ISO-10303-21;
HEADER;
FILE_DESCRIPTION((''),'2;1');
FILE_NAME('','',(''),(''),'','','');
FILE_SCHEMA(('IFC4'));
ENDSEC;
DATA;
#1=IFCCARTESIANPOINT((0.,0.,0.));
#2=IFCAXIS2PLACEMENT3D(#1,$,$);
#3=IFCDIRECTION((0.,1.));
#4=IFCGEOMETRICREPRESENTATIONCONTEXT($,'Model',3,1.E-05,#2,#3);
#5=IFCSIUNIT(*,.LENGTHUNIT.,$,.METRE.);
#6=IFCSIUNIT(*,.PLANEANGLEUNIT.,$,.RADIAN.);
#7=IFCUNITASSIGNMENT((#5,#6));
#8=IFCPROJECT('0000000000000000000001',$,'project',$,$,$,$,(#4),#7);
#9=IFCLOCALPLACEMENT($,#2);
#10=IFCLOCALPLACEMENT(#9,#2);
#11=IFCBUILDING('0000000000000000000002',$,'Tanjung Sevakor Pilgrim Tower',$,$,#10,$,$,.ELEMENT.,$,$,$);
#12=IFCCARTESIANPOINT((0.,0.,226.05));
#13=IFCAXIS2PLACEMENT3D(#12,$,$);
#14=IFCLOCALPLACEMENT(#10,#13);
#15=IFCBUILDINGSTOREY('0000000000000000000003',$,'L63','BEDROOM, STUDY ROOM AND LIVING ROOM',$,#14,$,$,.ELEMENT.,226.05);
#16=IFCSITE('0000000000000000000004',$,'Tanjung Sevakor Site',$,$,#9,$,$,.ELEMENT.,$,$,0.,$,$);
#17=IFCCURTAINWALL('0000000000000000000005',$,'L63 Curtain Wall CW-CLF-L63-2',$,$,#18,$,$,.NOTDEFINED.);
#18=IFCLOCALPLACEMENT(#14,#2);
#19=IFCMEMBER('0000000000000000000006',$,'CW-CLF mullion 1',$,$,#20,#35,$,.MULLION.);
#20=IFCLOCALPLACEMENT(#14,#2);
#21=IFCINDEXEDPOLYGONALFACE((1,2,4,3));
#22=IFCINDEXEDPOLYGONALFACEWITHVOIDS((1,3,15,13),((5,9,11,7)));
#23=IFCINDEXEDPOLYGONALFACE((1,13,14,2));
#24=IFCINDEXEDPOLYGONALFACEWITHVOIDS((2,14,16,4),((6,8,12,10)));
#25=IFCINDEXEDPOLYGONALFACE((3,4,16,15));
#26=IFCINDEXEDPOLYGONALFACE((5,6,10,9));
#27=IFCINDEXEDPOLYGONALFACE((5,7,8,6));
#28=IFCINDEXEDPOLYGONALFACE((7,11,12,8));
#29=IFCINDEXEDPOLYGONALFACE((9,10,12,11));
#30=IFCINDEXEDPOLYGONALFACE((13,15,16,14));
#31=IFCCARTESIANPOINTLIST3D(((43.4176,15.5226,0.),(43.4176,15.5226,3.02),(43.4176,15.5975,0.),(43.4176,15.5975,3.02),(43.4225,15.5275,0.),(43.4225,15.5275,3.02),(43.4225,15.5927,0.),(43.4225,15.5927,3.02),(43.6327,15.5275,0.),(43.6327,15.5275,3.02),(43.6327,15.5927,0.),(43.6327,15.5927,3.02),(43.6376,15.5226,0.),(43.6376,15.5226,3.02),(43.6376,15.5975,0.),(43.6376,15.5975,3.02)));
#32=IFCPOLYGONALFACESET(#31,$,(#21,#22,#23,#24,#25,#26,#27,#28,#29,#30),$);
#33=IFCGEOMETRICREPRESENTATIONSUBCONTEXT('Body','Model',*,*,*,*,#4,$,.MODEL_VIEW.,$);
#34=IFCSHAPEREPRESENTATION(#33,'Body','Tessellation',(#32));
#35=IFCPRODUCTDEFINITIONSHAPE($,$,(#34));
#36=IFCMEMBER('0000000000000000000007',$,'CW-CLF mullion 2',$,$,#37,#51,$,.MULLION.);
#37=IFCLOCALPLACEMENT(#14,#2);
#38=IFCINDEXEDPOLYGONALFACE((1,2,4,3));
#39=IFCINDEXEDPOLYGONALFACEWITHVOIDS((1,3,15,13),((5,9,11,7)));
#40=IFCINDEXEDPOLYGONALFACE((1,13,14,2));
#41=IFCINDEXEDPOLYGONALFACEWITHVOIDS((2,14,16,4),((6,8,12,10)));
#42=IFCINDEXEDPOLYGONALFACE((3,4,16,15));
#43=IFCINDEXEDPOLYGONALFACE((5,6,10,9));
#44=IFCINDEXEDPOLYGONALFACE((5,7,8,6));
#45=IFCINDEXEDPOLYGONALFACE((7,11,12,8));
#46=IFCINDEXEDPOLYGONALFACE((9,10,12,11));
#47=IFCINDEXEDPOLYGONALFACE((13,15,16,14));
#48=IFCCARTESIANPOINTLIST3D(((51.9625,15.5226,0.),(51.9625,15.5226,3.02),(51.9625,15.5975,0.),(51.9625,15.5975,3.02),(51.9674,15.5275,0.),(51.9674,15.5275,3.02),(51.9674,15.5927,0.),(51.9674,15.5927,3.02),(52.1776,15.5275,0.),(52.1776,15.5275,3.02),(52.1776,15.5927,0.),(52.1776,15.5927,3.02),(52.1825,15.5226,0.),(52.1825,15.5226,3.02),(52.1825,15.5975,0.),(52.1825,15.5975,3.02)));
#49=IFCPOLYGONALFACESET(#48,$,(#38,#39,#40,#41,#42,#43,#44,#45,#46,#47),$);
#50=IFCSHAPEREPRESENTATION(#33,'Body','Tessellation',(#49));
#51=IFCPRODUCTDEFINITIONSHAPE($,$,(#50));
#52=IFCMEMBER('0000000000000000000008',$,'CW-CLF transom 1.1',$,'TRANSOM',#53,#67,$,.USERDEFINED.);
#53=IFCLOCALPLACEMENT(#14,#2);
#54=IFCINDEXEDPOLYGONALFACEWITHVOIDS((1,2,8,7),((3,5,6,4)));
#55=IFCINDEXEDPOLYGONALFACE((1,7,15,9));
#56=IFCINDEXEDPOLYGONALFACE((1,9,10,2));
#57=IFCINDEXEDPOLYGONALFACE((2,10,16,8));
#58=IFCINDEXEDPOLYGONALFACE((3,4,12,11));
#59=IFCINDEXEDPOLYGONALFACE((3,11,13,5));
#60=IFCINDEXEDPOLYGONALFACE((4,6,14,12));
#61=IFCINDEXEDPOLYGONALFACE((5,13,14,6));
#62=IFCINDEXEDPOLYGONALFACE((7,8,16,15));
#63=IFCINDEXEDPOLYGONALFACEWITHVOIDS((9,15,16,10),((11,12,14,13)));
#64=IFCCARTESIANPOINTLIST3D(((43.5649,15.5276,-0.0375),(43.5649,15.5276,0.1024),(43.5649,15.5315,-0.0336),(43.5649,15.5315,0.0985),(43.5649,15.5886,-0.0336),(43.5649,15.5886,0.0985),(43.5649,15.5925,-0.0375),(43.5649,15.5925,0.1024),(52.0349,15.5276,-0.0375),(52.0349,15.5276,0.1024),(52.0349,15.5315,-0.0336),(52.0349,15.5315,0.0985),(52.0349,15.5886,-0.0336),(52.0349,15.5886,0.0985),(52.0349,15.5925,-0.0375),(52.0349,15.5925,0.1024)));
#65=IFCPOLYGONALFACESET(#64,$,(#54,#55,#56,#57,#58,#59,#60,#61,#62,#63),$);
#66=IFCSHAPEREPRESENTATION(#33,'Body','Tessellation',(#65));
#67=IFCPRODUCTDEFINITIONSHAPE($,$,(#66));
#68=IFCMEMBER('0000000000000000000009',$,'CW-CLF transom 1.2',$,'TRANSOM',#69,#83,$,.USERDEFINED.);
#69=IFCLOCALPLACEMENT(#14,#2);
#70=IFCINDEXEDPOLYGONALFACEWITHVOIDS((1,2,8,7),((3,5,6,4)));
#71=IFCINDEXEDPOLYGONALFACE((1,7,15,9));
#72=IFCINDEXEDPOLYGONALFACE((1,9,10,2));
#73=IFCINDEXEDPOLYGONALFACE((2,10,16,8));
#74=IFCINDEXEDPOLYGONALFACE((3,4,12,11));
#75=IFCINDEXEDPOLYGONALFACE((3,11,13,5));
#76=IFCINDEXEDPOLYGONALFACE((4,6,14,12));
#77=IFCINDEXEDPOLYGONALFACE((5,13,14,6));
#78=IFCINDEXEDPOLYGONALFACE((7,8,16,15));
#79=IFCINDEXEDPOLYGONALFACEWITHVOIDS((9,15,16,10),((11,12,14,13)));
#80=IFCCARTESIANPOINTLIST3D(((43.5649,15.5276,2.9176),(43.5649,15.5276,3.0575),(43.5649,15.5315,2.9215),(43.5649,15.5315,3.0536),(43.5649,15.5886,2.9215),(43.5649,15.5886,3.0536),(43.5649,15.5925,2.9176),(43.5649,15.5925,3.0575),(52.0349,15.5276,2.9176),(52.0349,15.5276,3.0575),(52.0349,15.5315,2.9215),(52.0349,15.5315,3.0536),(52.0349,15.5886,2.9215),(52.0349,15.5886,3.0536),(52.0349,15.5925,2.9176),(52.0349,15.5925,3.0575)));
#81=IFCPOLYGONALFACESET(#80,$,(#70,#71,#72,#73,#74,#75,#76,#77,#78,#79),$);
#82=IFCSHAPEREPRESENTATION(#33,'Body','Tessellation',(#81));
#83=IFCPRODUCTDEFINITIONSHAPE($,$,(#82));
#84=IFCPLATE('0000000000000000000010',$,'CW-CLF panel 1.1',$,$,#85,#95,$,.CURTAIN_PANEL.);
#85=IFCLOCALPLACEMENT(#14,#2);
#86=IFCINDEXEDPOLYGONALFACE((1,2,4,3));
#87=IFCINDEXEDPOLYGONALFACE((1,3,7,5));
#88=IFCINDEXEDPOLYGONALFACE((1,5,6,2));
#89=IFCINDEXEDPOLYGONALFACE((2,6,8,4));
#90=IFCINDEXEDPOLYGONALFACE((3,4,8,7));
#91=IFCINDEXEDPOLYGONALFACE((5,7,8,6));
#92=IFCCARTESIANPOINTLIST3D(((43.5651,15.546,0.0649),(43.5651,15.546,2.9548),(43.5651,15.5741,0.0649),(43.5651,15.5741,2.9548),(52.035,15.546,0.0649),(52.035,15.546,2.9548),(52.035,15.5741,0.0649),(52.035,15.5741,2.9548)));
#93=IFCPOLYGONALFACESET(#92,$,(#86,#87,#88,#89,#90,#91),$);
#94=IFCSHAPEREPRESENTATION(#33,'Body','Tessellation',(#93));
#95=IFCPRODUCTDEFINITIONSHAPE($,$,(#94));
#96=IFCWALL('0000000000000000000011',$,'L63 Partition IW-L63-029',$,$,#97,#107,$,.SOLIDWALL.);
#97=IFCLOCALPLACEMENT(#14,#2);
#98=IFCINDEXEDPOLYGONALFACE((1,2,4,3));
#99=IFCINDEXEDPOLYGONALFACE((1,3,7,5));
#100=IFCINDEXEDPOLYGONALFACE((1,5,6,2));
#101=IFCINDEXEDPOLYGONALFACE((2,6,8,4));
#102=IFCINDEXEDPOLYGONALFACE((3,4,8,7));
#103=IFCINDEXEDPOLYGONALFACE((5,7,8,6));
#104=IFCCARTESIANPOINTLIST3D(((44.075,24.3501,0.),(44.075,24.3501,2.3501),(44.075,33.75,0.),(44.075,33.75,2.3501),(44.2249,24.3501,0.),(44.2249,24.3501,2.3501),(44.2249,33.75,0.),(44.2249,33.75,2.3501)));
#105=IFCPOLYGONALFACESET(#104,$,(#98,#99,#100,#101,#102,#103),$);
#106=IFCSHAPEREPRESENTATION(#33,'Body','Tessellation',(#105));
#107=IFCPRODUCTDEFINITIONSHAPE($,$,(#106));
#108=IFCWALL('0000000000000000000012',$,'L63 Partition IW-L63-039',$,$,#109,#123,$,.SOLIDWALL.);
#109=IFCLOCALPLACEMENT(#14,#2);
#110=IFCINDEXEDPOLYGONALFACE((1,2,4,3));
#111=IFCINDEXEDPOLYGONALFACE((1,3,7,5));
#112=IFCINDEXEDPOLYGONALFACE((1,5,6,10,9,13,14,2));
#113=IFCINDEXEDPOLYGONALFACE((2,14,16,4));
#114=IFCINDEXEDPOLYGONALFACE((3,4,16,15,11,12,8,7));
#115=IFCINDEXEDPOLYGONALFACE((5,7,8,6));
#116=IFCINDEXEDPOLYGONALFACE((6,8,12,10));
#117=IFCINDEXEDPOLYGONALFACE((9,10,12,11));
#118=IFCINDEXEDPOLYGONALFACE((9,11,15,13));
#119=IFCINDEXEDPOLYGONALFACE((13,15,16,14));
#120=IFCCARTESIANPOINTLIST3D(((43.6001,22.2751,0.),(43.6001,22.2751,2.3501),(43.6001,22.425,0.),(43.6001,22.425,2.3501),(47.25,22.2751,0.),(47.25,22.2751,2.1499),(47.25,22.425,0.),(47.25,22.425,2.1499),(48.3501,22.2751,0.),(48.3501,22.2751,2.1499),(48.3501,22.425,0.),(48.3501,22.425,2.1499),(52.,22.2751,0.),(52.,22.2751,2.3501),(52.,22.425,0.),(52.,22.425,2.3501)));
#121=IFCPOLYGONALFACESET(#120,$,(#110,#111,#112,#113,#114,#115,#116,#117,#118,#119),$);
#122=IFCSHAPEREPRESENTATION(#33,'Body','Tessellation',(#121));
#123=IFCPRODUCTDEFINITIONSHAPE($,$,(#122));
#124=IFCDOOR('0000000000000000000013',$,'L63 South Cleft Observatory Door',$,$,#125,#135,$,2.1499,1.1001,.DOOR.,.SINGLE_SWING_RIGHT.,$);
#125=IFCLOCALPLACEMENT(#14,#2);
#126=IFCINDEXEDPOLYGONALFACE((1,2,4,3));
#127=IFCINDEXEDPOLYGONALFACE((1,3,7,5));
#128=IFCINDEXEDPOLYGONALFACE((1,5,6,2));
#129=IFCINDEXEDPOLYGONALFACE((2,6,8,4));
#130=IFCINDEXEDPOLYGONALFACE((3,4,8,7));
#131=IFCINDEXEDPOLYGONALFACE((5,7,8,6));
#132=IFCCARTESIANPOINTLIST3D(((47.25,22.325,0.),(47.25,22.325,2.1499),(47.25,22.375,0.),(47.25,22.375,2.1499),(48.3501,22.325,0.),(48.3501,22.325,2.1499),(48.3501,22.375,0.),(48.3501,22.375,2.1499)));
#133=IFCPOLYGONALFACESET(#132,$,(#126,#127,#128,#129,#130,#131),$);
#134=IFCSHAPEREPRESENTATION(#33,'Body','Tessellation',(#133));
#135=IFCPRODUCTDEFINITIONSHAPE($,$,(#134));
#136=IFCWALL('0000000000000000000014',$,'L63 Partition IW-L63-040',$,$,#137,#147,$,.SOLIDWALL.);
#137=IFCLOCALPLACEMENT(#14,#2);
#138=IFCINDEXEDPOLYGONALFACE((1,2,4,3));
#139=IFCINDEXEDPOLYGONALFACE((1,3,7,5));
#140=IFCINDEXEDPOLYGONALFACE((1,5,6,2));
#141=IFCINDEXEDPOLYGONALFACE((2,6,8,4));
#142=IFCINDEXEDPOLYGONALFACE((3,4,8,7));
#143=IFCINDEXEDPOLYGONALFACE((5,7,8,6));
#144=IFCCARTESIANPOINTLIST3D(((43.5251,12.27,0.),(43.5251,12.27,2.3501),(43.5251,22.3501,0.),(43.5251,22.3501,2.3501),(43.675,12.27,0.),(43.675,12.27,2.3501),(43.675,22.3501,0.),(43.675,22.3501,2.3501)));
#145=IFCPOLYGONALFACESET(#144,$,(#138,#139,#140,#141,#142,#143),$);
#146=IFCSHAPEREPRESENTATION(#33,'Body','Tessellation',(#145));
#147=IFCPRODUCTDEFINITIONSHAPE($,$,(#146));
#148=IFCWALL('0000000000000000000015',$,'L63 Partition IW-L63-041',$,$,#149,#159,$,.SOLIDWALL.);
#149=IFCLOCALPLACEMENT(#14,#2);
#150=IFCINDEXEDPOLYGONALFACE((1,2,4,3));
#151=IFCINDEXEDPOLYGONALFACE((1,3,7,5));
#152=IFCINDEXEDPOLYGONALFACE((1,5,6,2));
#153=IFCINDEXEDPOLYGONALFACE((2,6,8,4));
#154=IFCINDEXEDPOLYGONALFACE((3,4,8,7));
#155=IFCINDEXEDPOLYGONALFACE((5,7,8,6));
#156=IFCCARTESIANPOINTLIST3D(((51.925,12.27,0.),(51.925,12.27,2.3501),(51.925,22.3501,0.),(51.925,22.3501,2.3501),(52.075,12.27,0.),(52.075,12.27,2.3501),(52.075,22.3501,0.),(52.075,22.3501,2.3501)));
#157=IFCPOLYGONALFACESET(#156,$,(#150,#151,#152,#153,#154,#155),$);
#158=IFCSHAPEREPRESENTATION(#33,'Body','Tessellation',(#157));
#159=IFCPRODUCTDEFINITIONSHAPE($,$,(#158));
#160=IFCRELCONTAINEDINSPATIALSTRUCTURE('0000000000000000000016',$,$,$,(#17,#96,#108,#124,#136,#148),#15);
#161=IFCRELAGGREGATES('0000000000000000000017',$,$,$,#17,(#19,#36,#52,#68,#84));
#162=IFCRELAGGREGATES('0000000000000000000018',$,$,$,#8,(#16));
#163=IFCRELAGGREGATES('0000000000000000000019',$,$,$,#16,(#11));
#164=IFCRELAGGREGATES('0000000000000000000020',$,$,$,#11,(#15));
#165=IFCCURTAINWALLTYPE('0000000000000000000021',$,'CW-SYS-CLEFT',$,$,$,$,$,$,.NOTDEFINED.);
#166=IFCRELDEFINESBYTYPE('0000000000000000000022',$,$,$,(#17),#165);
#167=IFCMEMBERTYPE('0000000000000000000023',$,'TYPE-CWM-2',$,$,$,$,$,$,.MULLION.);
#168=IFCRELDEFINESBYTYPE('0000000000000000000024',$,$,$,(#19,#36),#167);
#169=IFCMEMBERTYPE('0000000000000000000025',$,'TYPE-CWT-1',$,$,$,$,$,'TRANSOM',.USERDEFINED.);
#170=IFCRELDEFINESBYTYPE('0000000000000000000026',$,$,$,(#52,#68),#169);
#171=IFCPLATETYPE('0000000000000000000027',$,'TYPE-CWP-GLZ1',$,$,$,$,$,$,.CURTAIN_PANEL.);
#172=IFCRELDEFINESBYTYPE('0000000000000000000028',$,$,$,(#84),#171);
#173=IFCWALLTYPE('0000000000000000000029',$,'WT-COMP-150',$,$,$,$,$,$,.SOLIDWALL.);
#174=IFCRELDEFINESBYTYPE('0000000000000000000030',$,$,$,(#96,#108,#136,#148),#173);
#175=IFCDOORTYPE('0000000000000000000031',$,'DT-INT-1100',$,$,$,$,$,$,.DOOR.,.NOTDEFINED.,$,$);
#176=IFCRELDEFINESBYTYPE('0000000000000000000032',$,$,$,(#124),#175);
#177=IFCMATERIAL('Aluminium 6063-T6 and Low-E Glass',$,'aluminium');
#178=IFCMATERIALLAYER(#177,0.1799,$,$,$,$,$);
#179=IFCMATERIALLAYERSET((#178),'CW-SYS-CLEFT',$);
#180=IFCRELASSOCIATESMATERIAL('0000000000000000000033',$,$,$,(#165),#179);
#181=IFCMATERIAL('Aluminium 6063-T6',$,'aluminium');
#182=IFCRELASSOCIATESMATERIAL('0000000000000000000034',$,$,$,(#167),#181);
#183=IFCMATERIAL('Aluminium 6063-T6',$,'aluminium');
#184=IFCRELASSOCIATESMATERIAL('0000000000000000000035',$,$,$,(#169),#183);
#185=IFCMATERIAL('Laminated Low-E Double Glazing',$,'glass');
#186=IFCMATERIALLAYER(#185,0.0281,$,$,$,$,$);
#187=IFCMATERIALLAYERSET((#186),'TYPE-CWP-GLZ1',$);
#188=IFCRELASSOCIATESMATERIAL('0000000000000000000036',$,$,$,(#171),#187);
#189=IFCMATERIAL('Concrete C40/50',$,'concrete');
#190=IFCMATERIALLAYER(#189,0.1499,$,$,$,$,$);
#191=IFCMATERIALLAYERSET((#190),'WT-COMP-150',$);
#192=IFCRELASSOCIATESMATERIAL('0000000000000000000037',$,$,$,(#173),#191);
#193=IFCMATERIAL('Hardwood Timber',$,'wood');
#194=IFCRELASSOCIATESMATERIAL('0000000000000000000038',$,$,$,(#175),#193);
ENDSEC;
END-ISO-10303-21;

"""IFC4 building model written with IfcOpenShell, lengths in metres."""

from ifc_helpers import new_model, si_unit, direction, frame, frame_2d, origin, origin_2d, place, context, subcontext, project, spatial, rectangle, hollow_rectangle, extrude, material, layer, layer_set, material_profile, profile_set, type_object, element, fill, aggregate, save


model = new_model("IFC4")

# Units and contexts
model_context = context("Model", 3, precision=1e-05, world=origin(), true_north=direction((0.0, 1.0)))
body_context = subcontext(model_context, "Body", "Model", "MODEL_VIEW")
ifc_project = project(units=[si_unit("LENGTHUNIT", "METRE"), si_unit("PLANEANGLEUNIT", "RADIAN")], contexts=[model_context])

# Site, building, storey
site_placement = place(None, origin())
site = spatial("IfcSite", under=ifc_project, at=site_placement, Name="Tanjung Sevakor Site", CompositionType="ELEMENT", RefElevation=0.0)
building_placement = place(site_placement, origin())
building = spatial("IfcBuilding", under=site, at=building_placement, Name="Tanjung Sevakor Pilgrim Tower", CompositionType="ELEMENT")
storey_placement = place(building_placement, frame((0.0, 0.0, 226.05)))
storey = spatial("IfcBuildingStorey", under=building, at=storey_placement, Name="L63", Description="BEDROOM, STUDY ROOM AND LIVING ROOM", CompositionType="ELEMENT", Elevation=226.05)

# Curtain wall, members, plate
ifc_material_1 = material(Name="Aluminium 6063-T6 and Low-E Glass", Category="aluminium")
ifc_layer_1 = layer(ifc_material_1, 0.1799)
ifc_layer_set_1 = layer_set([ifc_layer_1], Name="CW-SYS-CLEFT")
curtain_wall_type = type_object("IfcCurtainWallType", Name="CW-SYS-CLEFT", PredefinedType="NOTDEFINED", material=ifc_layer_set_1)
curtain_wall_placement = place(storey_placement, origin())
curtain_wall = element("IfcCurtainWall", 1, at=curtain_wall_placement, inside=storey, type_object=curtain_wall_type, Name="L63 Curtain Wall CW-CLF-L63-2", PredefinedType="NOTDEFINED")
ifc_material_2 = material(Name="Aluminium 6063-T6", Category="aluminium")
ifc_material_profile_1 = material_profile(ifc_material_2, hollow_rectangle(XDim=0.075, YDim=0.22, WallThickness=0.0049, at=origin_2d()))
ifc_profile_set_1 = profile_set([ifc_material_profile_1], Name="Aluminium 6063-T6")
member_type_1 = type_object("IfcMemberType", Name="TYPE-CWM-2", PredefinedType="MULLION", material=ifc_profile_set_1)
member_1_placement = place(storey_placement, frame((43.5276, 15.5601, 0.0), z_axis=(0.0, 0.0, 1.0), x_axis=(0.0, 1.0, 0.0)))
member_1 = element("IfcMember", 2, at=member_1_placement, type_object=member_type_1, Name="CW-CLF mullion 1", PredefinedType="MULLION", context=body_context, shape_type="SweptSolid", body=[
    extrude(hollow_rectangle(XDim=0.075, YDim=0.22, WallThickness=0.0049, at=origin_2d()), origin(), (0.0, 0.0, 1.0), 3.02),
])
member_2_placement = place(storey_placement, frame((52.0725, 15.5601, 0.0), z_axis=(0.0, 0.0, 1.0), x_axis=(0.0, 1.0, 0.0)))
member_2 = element("IfcMember", 3, at=member_2_placement, type_object=member_type_1, Name="CW-CLF mullion 2", PredefinedType="MULLION", context=body_context, shape_type="SweptSolid", body=[
    extrude(hollow_rectangle(XDim=0.075, YDim=0.22, WallThickness=0.0049, at=origin_2d()), origin(), (0.0, 0.0, 1.0), 3.02),
])
ifc_material_3 = material(Name="Aluminium 6063-T6", Category="aluminium")
ifc_material_profile_2 = material_profile(ifc_material_3, hollow_rectangle(XDim=0.0649, YDim=0.1399, WallThickness=0.0039, at=origin_2d()))
ifc_profile_set_2 = profile_set([ifc_material_profile_2], Name="Aluminium 6063-T6")
member_type_2 = type_object("IfcMemberType", Name="TYPE-CWT-1", ElementType="TRANSOM", PredefinedType="USERDEFINED", material=ifc_profile_set_2)
member_3_placement = place(storey_placement, frame((43.5649, 15.5601, 0.0325), z_axis=(1.0, 0.0, 0.0), x_axis=(0.0, 1.0, 0.0)))
member_3 = element("IfcMember", 4, at=member_3_placement, type_object=member_type_2, Name="CW-CLF transom 1.1", ObjectType="TRANSOM", PredefinedType="USERDEFINED", context=body_context, shape_type="SweptSolid", body=[
    extrude(hollow_rectangle(XDim=0.0649, YDim=0.1399, WallThickness=0.0039, at=origin_2d()), origin(), (0.0, 0.0, 1.0), 8.47),
])
member_4_placement = place(storey_placement, frame((43.5649, 15.5601, 2.9875), z_axis=(1.0, 0.0, 0.0), x_axis=(0.0, 1.0, 0.0)))
member_4 = element("IfcMember", 5, at=member_4_placement, type_object=member_type_2, Name="CW-CLF transom 1.2", ObjectType="TRANSOM", PredefinedType="USERDEFINED", context=body_context, shape_type="SweptSolid", body=[
    extrude(hollow_rectangle(XDim=0.0649, YDim=0.1399, WallThickness=0.0039, at=origin_2d()), origin(), (0.0, 0.0, 1.0), 8.47),
])
ifc_material_4 = material(Name="Laminated Low-E Double Glazing", Category="glass")
ifc_layer_2 = layer(ifc_material_4, 0.0281)
ifc_layer_set_2 = layer_set([ifc_layer_2], Name="TYPE-CWP-GLZ1")
plate_type = type_object("IfcPlateType", Name="TYPE-CWP-GLZ1", PredefinedType="CURTAIN_PANEL", material=ifc_layer_set_2)
plate_placement = place(storey_placement, frame((47.8, 15.5601, 0.0649), z_axis=(0.0, 0.0, 1.0), x_axis=(1.0, 0.0, 0.0)))
plate = element("IfcPlate", 6, at=plate_placement, type_object=plate_type, Name="CW-CLF panel 1.1", PredefinedType="CURTAIN_PANEL", context=body_context, shape_type="SweptSolid", body=[
    extrude(rectangle(XDim=8.47, YDim=0.0281, at=origin_2d()), origin(), (0.0, 0.0, 1.0), 2.8899),
])
aggregate(curtain_wall, [member_1, member_2, member_3, member_4, plate])

# Wall
ifc_material_5 = material(Name="Concrete C40/50", Category="concrete")
ifc_layer_3 = layer(ifc_material_5, 0.1499)
ifc_layer_set_3 = layer_set([ifc_layer_3], Name="WT-COMP-150")
wall_type_1 = type_object("IfcWallType", Name="WT-COMP-150", PredefinedType="SOLIDWALL", material=ifc_layer_set_3)
wall_1_placement = place(storey_placement, frame((44.1499, 24.3501, 0.0), z_axis=(0.0, 0.0, 1.0), x_axis=(0.0, 1.0, 0.0)))
element("IfcWall", 7, at=wall_1_placement, inside=storey, type_object=wall_type_1, Name="L63 Partition IW-L63-029", PredefinedType="SOLIDWALL", context=body_context, shape_type="SweptSolid", body=[
    extrude(rectangle(XDim=9.3999, YDim=0.1499, at=frame_2d((4.7, 0.0))), origin(), (0.0, 0.0, 1.0), 2.3501),
])

# Wall, opening, door
wall_2_placement = place(storey_placement, frame((43.6001, 22.3501, 0.0), z_axis=(0.0, 0.0, 1.0), x_axis=(1.0, 0.0, 0.0)))
wall_2 = element("IfcWall", 8, at=wall_2_placement, inside=storey, type_object=wall_type_1, Name="L63 Partition IW-L63-039", PredefinedType="SOLIDWALL", context=body_context, shape_type="SweptSolid", body=[
    extrude(rectangle(XDim=8.3999, YDim=0.1499, at=frame_2d((4.2, 0.0))), origin(), (0.0, 0.0, 1.0), 2.3501),
])
opening_1_placement = place(wall_2_placement, frame((3.6499, 0.0, 0.0)))
opening_1 = element("IfcOpeningElement", 9, at=opening_1_placement, cuts=wall_2, PredefinedType="OPENING", context=body_context, shape_type="SweptSolid", body=[
    extrude(rectangle(XDim=1.1001, YDim=2.1499, at=frame_2d((0.55, 1.075))), frame((0.0, 0.085, 0.0), z_axis=(0.0, -1.0, 0.0), x_axis=(1.0, 0.0, 0.0)), (0.0, 0.0, 1.0), 0.1699),
])
ifc_material_6 = material(Name="Hardwood Timber", Category="wood")
door_type_1 = type_object("IfcDoorType", Name="DT-INT-1100", OperationType="NOTDEFINED", PredefinedType="DOOR", material=ifc_material_6)
door_1_placement = place(opening_1_placement, origin())
door_1 = element("IfcDoor", 10, at=door_1_placement, inside=storey, type_object=door_type_1, Name="L63 South Cleft Observatory Door", OperationType="SINGLE_SWING_RIGHT", OverallHeight=2.1499, OverallWidth=1.1001, PredefinedType="DOOR", context=body_context, shape_type="SweptSolid", body=[
    extrude(rectangle(XDim=1.1001, YDim=2.1499, at=frame_2d((0.55, 1.075))), frame((0.0, 0.0249, 0.0), z_axis=(0.0, -1.0, 0.0), x_axis=(1.0, 0.0, 0.0)), (0.0, 0.0, 1.0), 0.05),
])
fill(opening_1, door_1)

# Walls
for number, where, z_axis, x_axis, name in (
    (11, (43.6001, 12.27, 0.0), (0.0, 0.0, 1.0), (0.0, 1.0, 0.0), "L63 Partition IW-L63-040"),
    (12, (52.0, 12.27, 0.0), (0.0, 0.0, 1.0), (0.0, 1.0, 0.0), "L63 Partition IW-L63-041"),
):
    element("IfcWall", number, at=place(storey_placement, frame(where, z_axis=z_axis, x_axis=x_axis)), inside=storey, type_object=wall_type_1, Name=name, PredefinedType="SOLIDWALL", context=body_context, shape_type="SweptSolid", body=[
        extrude(rectangle(XDim=10.0801, YDim=0.1499, at=frame_2d((5.04, 0.0))), origin(), (0.0, 0.0, 1.0), 2.3501),
    ])

save(model, "model.ifc")
